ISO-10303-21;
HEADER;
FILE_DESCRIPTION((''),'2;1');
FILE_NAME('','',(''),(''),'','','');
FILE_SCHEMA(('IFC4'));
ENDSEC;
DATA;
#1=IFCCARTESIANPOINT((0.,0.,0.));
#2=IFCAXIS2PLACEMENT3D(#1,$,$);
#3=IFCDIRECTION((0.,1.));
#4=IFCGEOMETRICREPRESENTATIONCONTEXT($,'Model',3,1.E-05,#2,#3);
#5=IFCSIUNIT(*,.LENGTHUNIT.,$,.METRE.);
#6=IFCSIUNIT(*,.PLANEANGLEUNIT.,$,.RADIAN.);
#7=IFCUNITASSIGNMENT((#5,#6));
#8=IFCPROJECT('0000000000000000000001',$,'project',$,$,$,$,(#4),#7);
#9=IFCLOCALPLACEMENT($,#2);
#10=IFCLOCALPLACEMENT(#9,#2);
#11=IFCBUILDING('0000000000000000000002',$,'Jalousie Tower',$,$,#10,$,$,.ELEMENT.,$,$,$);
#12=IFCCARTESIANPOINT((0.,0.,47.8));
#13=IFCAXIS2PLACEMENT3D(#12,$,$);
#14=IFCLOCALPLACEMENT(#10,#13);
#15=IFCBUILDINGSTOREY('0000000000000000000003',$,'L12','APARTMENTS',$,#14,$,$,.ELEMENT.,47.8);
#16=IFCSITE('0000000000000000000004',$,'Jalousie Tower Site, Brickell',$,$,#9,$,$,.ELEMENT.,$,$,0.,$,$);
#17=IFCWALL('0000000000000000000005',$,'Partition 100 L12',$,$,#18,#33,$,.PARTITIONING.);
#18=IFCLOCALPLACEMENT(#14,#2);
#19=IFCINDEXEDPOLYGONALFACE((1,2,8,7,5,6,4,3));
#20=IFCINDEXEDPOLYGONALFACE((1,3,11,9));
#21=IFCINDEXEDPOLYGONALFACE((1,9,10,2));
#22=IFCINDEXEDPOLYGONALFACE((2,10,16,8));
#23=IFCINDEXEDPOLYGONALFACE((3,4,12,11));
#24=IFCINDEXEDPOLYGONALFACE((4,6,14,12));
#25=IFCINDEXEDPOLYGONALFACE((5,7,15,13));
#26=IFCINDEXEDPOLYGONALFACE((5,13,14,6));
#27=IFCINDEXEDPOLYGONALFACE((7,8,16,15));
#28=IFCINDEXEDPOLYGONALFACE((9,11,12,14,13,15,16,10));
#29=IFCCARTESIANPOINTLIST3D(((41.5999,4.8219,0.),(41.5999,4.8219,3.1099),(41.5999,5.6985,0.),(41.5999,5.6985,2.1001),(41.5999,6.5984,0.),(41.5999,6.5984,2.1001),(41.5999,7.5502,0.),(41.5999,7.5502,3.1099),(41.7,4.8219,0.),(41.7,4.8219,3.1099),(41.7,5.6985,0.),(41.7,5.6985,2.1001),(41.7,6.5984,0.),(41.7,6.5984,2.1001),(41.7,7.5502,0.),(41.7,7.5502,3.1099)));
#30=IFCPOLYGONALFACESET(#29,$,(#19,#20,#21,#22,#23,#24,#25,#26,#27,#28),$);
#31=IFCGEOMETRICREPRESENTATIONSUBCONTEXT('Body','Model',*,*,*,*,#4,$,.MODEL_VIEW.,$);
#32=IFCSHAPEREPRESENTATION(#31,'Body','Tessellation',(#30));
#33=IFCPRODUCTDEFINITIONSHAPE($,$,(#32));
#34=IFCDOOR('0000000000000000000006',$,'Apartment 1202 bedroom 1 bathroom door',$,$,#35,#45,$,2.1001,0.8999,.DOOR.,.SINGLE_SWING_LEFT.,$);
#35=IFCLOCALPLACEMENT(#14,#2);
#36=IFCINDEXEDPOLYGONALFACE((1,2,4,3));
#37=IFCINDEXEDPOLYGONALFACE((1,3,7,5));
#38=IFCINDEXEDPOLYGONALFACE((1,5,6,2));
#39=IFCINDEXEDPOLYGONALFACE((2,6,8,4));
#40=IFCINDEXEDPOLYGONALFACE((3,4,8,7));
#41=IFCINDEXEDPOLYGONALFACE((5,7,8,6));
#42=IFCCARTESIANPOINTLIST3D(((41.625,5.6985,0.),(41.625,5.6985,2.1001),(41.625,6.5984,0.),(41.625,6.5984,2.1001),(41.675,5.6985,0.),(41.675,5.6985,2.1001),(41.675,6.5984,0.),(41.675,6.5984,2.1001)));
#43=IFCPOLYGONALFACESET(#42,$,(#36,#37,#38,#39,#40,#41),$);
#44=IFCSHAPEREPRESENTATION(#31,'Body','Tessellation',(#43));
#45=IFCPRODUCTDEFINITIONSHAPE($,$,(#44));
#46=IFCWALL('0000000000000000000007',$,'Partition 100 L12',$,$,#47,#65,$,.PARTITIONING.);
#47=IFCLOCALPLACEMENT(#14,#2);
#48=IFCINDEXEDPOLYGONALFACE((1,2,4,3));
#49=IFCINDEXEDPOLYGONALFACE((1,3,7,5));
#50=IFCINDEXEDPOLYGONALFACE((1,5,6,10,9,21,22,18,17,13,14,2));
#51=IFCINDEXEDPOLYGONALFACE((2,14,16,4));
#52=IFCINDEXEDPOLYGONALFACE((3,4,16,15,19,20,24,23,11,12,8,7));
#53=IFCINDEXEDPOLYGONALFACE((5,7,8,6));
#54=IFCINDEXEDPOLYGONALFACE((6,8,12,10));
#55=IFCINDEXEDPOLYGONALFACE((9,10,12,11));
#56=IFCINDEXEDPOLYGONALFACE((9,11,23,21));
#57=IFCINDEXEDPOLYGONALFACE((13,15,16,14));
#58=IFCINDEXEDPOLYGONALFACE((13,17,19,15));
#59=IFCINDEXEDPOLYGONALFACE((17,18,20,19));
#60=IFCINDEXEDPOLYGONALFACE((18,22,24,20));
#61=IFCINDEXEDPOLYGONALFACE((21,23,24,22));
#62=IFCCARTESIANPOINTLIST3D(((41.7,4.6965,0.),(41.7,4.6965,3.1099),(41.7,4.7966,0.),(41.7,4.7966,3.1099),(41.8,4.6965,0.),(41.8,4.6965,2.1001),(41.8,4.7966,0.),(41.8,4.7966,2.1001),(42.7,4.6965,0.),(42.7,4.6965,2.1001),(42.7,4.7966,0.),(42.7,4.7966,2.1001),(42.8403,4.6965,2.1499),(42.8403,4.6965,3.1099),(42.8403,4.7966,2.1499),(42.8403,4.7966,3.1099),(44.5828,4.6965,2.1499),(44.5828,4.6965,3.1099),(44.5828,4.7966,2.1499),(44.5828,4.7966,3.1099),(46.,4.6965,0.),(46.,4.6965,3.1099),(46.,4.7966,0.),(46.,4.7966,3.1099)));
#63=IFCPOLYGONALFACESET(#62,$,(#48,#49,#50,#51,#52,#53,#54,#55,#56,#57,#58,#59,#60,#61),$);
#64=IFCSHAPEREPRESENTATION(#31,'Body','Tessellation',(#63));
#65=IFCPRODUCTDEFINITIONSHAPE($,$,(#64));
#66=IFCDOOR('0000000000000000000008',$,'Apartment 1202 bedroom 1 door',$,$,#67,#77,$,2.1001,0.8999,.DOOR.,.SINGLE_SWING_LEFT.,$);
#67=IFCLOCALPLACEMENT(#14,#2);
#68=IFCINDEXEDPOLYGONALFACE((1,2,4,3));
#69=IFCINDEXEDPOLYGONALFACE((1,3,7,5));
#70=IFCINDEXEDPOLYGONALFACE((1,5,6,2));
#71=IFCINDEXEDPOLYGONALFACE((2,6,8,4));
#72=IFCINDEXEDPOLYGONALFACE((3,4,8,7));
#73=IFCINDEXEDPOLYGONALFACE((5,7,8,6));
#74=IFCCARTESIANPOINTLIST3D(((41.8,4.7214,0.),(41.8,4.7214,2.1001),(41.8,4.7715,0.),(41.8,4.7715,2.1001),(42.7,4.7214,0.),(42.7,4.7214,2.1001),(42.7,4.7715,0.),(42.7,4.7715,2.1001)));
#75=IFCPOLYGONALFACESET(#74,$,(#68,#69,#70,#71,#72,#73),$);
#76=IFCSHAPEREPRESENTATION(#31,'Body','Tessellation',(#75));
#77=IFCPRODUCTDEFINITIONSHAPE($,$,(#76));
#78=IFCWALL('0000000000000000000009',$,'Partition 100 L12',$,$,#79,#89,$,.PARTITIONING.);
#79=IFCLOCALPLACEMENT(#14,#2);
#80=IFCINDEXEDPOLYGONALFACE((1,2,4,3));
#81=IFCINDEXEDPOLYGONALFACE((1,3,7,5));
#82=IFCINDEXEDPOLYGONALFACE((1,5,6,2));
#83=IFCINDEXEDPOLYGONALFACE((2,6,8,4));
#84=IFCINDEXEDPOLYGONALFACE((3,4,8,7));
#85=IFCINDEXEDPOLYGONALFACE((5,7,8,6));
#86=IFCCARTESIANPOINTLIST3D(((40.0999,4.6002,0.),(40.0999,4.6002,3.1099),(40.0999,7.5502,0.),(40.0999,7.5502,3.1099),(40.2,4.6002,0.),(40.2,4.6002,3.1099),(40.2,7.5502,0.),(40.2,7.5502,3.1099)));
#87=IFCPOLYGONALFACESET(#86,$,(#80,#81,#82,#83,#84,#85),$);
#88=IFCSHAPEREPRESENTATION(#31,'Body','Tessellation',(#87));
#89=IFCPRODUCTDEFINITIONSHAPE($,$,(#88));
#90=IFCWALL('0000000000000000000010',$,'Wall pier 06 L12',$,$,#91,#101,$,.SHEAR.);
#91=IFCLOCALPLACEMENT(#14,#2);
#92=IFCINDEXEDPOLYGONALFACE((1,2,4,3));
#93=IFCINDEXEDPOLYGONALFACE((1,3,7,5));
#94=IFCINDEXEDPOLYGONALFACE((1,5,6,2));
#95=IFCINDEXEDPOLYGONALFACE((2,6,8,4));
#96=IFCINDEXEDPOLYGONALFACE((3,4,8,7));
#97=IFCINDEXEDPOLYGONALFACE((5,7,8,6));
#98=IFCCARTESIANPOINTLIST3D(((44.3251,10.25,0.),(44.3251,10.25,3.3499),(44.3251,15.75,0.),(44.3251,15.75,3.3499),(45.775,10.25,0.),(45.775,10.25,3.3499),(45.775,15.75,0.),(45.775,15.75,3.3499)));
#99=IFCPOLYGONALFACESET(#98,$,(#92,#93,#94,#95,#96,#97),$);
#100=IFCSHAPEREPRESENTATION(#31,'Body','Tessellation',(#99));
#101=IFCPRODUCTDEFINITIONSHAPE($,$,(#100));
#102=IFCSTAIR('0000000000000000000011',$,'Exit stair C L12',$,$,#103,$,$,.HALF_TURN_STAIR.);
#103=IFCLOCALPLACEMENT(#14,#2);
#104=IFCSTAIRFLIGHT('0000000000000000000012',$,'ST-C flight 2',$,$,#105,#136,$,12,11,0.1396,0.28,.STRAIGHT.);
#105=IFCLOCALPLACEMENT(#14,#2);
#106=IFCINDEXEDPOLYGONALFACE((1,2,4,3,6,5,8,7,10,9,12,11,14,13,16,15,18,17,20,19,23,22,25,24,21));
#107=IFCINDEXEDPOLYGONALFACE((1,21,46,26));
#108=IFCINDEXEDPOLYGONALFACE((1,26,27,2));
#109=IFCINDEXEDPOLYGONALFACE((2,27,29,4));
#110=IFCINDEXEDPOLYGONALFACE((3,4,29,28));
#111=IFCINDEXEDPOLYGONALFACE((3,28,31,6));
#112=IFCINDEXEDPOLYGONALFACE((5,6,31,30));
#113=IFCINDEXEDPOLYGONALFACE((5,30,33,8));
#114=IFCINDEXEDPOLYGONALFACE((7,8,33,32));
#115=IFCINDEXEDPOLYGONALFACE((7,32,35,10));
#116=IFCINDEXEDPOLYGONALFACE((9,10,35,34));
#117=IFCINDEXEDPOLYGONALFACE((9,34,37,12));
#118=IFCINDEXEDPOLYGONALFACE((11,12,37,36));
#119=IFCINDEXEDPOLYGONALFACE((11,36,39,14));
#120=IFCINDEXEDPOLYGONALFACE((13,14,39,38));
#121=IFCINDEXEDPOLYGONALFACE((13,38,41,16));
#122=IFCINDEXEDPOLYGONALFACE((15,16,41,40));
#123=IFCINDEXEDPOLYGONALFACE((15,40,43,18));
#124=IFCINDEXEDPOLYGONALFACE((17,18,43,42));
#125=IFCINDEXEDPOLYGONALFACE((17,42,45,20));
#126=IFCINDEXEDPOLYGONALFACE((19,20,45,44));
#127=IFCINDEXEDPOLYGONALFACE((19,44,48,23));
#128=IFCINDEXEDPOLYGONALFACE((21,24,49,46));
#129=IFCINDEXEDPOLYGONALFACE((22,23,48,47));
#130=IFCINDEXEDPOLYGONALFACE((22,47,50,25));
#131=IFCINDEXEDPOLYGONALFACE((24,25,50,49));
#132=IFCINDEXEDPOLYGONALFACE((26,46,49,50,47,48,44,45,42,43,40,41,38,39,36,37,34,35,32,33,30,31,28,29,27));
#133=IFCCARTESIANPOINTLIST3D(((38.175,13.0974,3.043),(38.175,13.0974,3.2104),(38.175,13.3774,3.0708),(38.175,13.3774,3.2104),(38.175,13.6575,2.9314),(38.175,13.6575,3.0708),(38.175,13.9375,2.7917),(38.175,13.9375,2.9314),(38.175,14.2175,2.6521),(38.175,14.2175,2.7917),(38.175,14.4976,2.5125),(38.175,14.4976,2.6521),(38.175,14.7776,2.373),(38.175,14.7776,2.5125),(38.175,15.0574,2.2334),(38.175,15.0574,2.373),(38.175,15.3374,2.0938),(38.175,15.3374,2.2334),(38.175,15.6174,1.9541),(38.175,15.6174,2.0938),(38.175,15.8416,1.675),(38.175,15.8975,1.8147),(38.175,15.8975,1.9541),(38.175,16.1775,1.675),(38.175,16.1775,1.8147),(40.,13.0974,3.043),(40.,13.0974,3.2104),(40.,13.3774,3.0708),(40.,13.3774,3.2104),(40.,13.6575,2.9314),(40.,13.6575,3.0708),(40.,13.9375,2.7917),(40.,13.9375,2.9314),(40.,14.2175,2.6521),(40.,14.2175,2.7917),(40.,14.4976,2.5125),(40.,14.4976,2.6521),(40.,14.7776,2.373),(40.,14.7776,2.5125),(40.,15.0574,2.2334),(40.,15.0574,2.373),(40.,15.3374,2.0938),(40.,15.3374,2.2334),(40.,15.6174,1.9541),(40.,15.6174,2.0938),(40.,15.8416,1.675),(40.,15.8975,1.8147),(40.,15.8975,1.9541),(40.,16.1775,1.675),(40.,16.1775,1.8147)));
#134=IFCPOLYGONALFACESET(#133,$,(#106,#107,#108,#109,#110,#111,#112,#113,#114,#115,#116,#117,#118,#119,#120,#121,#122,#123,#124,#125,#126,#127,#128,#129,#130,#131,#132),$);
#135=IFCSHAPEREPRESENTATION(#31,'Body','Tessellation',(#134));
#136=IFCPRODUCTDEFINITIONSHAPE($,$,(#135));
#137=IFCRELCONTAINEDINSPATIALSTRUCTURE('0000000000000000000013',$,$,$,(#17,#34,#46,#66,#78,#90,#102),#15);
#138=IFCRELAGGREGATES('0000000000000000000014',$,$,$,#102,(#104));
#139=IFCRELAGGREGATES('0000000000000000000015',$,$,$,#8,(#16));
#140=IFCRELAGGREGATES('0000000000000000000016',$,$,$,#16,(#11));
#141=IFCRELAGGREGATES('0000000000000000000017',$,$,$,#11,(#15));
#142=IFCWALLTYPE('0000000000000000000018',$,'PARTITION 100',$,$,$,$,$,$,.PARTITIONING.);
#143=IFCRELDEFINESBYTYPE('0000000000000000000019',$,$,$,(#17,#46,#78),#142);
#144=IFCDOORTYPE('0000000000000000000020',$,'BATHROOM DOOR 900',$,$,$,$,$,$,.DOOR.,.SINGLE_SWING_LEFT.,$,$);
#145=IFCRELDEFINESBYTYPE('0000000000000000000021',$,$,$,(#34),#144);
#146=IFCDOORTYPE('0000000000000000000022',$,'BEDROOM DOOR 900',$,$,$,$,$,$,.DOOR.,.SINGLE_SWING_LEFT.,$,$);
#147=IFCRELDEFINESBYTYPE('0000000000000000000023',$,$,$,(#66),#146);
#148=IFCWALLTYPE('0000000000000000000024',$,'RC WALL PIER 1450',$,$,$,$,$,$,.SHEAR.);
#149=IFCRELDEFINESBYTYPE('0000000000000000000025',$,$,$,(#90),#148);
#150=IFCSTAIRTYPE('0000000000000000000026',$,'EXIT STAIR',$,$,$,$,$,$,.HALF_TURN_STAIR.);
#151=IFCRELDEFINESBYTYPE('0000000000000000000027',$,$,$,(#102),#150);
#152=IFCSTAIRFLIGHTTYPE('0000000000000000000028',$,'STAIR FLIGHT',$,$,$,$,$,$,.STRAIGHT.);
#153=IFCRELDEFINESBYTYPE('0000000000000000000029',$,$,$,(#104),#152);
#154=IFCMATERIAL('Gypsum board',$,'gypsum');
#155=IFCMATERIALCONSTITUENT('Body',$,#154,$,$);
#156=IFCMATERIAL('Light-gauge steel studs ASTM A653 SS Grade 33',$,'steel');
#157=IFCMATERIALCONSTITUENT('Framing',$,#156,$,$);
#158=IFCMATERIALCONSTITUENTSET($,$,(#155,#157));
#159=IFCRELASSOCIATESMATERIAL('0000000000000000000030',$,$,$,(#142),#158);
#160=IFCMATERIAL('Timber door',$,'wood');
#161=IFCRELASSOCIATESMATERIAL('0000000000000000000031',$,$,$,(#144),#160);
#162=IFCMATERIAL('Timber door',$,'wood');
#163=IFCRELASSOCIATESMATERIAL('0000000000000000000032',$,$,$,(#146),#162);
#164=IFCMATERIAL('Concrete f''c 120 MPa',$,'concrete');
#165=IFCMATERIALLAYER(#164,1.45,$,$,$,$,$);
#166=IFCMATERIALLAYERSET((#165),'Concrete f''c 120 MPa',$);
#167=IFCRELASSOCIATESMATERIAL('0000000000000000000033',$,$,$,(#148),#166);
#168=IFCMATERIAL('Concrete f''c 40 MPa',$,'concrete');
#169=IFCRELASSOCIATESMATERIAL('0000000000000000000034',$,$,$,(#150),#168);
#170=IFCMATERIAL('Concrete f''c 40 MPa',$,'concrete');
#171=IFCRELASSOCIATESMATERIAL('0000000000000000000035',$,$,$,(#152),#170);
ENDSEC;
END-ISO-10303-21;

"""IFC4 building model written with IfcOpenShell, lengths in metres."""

from ifc_helpers import new_model, si_unit, direction, frame, frame_2d, origin, place, context, subcontext, project, spatial, polyline, rectangle, outline, extrude, material, layer, layer_set, constituent, constituent_set, type_object, element, fill, aggregate, save


model = new_model("IFC4")

# Units and contexts
model_context = context("Model", 3, precision=1e-05, world=origin(), true_north=direction((0.0, 1.0)))
body_context = subcontext(model_context, "Body", "Model", "MODEL_VIEW")
ifc_project = project(units=[si_unit("LENGTHUNIT", "METRE"), si_unit("PLANEANGLEUNIT", "RADIAN")], contexts=[model_context])

# Site, building, storey
site_placement = place(None, origin())
site = spatial("IfcSite", under=ifc_project, at=site_placement, Name="Jalousie Tower Site, Brickell", CompositionType="ELEMENT", RefElevation=0.0)
building_placement = place(site_placement, origin())
building = spatial("IfcBuilding", under=site, at=building_placement, Name="Jalousie Tower", CompositionType="ELEMENT")
storey_placement = place(building_placement, frame((0.0, 0.0, 47.8)))
storey = spatial("IfcBuildingStorey", under=building, at=storey_placement, Name="L12", Description="APARTMENTS", CompositionType="ELEMENT", Elevation=47.8)

# Walls, openings, doors
ifc_material_1 = material(Name="Gypsum board", Category="gypsum")
ifc_constituent_1 = constituent(ifc_material_1, Name="Body")
ifc_material_2 = material(Name="Light-gauge steel studs ASTM A653 SS Grade 33", Category="steel")
ifc_constituent_2 = constituent(ifc_material_2, Name="Framing")
ifc_constituent_set_1 = constituent_set(constituents=[ifc_constituent_1, ifc_constituent_2])
wall_type_1 = type_object("IfcWallType", Name="PARTITION 100", PredefinedType="PARTITIONING", material=ifc_constituent_set_1)
wall_1_placement = place(storey_placement, frame((41.6499, 4.8218, 0.0), z_axis=(0.0, 0.0, 1.0), x_axis=(0.0, 1.0, 0.0)))
wall_1 = element("IfcWall", 1, at=wall_1_placement, inside=storey, type_object=wall_type_1, Name="Partition 100 L12", PredefinedType="PARTITIONING", context=body_context, shape_type="SweptSolid", body=[
    extrude(rectangle(XDim=2.7283, YDim=0.1001, at=frame_2d((1.3643, 0.0))), origin(), (0.0, 0.0, 1.0), 3.1099),
])
opening_1_placement = place(wall_1_placement, frame((0.8767, 0.0, 0.0)))
opening_1 = element("IfcOpeningElement", 2, at=opening_1_placement, cuts=wall_1, PredefinedType="OPENING", context=body_context, shape_type="SweptSolid", body=[
    extrude(rectangle(XDim=0.8999, YDim=2.1001, at=frame_2d((0.45, 1.05))), frame((0.0, 0.0601, 0.0), z_axis=(0.0, -1.0, 0.0), x_axis=(1.0, 0.0, 0.0)), (0.0, 0.0, 1.0), 0.1201),
])
ifc_material_3 = material(Name="Timber door", Category="wood")
door_type_1 = type_object("IfcDoorType", Name="BATHROOM DOOR 900", OperationType="SINGLE_SWING_LEFT", PredefinedType="DOOR", material=ifc_material_3)
door_1_placement = place(opening_1_placement, origin())
door_1 = element("IfcDoor", 3, at=door_1_placement, inside=storey, type_object=door_type_1, Name="Apartment 1202 bedroom 1 bathroom door", OperationType="SINGLE_SWING_LEFT", OverallHeight=2.1001, OverallWidth=0.8999, PredefinedType="DOOR", context=body_context, shape_type="SweptSolid", body=[
    extrude(rectangle(XDim=0.8999, YDim=2.1001, at=frame_2d((0.45, 1.05))), frame((0.0, 0.0249, 0.0), z_axis=(0.0, -1.0, 0.0), x_axis=(1.0, 0.0, 0.0)), (0.0, 0.0, 1.0), 0.05),
])
fill(opening_1, door_1)
wall_2_placement = place(storey_placement, frame((41.7, 4.7466, 0.0), z_axis=(0.0, 0.0, 1.0), x_axis=(1.0, 0.0, 0.0)))
wall_2 = element("IfcWall", 4, at=wall_2_placement, inside=storey, type_object=wall_type_1, Name="Partition 100 L12", PredefinedType="PARTITIONING", context=body_context, shape_type="SweptSolid", body=[
    extrude(outline(polyline([(0.0, 0.0), (4.3, 0.0), (4.3, 3.1099), (2.8828, 3.1099), (2.8828, 2.1499), (1.1404, 2.1499), (1.1404, 3.1099), (0.0, 3.1099), (0.0, 0.0)])), frame((0.0, 0.05, 0.0), z_axis=(0.0, -1.0, 0.0), x_axis=(1.0, 0.0, 0.0)), (0.0, 0.0, 1.0), 0.1001),
])
opening_2_placement = place(wall_2_placement, frame((0.1001, 0.0, 0.0)))
opening_2 = element("IfcOpeningElement", 5, at=opening_2_placement, cuts=wall_2, PredefinedType="OPENING", context=body_context, shape_type="SweptSolid", body=[
    extrude(rectangle(XDim=0.8999, YDim=2.1001, at=frame_2d((0.45, 1.05))), frame((0.0, 0.0601, 0.0), z_axis=(0.0, -1.0, 0.0), x_axis=(1.0, 0.0, 0.0)), (0.0, 0.0, 1.0), 0.1201),
])
ifc_material_4 = material(Name="Timber door", Category="wood")
door_type_2 = type_object("IfcDoorType", Name="BEDROOM DOOR 900", OperationType="SINGLE_SWING_LEFT", PredefinedType="DOOR", material=ifc_material_4)
door_2_placement = place(opening_2_placement, origin())
door_2 = element("IfcDoor", 6, at=door_2_placement, inside=storey, type_object=door_type_2, Name="Apartment 1202 bedroom 1 door", OperationType="SINGLE_SWING_LEFT", OverallHeight=2.1001, OverallWidth=0.8999, PredefinedType="DOOR", context=body_context, shape_type="SweptSolid", body=[
    extrude(rectangle(XDim=0.8999, YDim=2.1001, at=frame_2d((0.45, 1.05))), frame((0.0, 0.0249, 0.0), z_axis=(0.0, -1.0, 0.0), x_axis=(1.0, 0.0, 0.0)), (0.0, 0.0, 1.0), 0.05),
])
fill(opening_2, door_2)

# Walls
wall_3_placement = place(storey_placement, frame((40.1499, 4.6001, 0.0), z_axis=(0.0, 0.0, 1.0), x_axis=(0.0, 1.0, 0.0)))
element("IfcWall", 7, at=wall_3_placement, inside=storey, type_object=wall_type_1, Name="Partition 100 L12", PredefinedType="PARTITIONING", context=body_context, shape_type="SweptSolid", body=[
    extrude(rectangle(XDim=2.95, YDim=0.1001, at=frame_2d((1.4751, 0.0))), origin(), (0.0, 0.0, 1.0), 3.1099),
])
ifc_material_5 = material(Name="Concrete f'c 120 MPa", Category="concrete")
ifc_layer_1 = layer(ifc_material_5, 1.45)
ifc_layer_set_1 = layer_set([ifc_layer_1], Name="Concrete f'c 120 MPa")
wall_type_2 = type_object("IfcWallType", Name="RC WALL PIER 1450", PredefinedType="SHEAR", material=ifc_layer_set_1)
wall_4_placement = place(storey_placement, frame((45.05, 10.25, 0.0), z_axis=(0.0, 0.0, 1.0), x_axis=(0.0, 1.0, 0.0)))
element("IfcWall", 8, at=wall_4_placement, inside=storey, type_object=wall_type_2, Name="Wall pier 06 L12", PredefinedType="SHEAR", context=body_context, shape_type="SweptSolid", body=[
    extrude(rectangle(XDim=5.5, YDim=1.45, at=frame_2d((2.75, 0.0))), origin(), (0.0, 0.0, 1.0), 3.3499),
])

# Stair, stair flight
ifc_material_6 = material(Name="Concrete f'c 40 MPa", Category="concrete")
stair_type = type_object("IfcStairType", Name="EXIT STAIR", PredefinedType="HALF_TURN_STAIR", material=ifc_material_6)
stair_placement = place(storey_placement, origin())
stair = element("IfcStair", 9, at=stair_placement, inside=storey, type_object=stair_type, Name="Exit stair C L12", PredefinedType="HALF_TURN_STAIR")
ifc_material_7 = material(Name="Concrete f'c 40 MPa", Category="concrete")
stair_flight_type = type_object("IfcStairFlightType", Name="STAIR FLIGHT", PredefinedType="STRAIGHT", material=ifc_material_7)
stair_flight_placement = place(storey_placement, frame((39.0874, 16.1775, 1.675), z_axis=(0.0, 0.0, 1.0), x_axis=(0.0, -1.0, 0.0)))
stair_flight = element("IfcStairFlight", 10, at=stair_flight_placement, type_object=stair_flight_type, Name="ST-C flight 2", NumberOfRisers=12, NumberOfTreads=11, PredefinedType="STRAIGHT", RiserHeight=0.1396, TreadLength=0.28, context=body_context, shape_type="SweptSolid", body=[
    extrude(outline(polyline([(0.0, 0.0), (0.0, 0.1396), (0.28, 0.1396), (0.28, 0.2791), (0.5601, 0.2791), (0.5601, 0.4187), (0.8401, 0.4187), (0.8401, 0.5583), (1.1201, 0.5583), (1.1201, 0.698), (1.3999, 0.698), (1.3999, 0.8374), (1.6799, 0.8374), (1.6799, 0.9771), (1.96, 0.9771), (1.96, 1.1167), (2.24, 1.1167), (2.24, 1.2563), (2.52, 1.2563), (2.52, 1.3958), (2.8, 1.3958), (2.8, 1.5354), (3.0801, 1.5354), (3.0801, 1.675), (3.0801, 1.3679), (0.3359, 0.0), (0.0, 0.0)])), frame((0.0, 0.9126, 0.0), z_axis=(0.0, -1.0, 0.0), x_axis=(1.0, 0.0, 0.0)), (0.0, 0.0, 1.0), 1.825),
])
aggregate(stair, [stair_flight])

save(model, "model.ifc")
